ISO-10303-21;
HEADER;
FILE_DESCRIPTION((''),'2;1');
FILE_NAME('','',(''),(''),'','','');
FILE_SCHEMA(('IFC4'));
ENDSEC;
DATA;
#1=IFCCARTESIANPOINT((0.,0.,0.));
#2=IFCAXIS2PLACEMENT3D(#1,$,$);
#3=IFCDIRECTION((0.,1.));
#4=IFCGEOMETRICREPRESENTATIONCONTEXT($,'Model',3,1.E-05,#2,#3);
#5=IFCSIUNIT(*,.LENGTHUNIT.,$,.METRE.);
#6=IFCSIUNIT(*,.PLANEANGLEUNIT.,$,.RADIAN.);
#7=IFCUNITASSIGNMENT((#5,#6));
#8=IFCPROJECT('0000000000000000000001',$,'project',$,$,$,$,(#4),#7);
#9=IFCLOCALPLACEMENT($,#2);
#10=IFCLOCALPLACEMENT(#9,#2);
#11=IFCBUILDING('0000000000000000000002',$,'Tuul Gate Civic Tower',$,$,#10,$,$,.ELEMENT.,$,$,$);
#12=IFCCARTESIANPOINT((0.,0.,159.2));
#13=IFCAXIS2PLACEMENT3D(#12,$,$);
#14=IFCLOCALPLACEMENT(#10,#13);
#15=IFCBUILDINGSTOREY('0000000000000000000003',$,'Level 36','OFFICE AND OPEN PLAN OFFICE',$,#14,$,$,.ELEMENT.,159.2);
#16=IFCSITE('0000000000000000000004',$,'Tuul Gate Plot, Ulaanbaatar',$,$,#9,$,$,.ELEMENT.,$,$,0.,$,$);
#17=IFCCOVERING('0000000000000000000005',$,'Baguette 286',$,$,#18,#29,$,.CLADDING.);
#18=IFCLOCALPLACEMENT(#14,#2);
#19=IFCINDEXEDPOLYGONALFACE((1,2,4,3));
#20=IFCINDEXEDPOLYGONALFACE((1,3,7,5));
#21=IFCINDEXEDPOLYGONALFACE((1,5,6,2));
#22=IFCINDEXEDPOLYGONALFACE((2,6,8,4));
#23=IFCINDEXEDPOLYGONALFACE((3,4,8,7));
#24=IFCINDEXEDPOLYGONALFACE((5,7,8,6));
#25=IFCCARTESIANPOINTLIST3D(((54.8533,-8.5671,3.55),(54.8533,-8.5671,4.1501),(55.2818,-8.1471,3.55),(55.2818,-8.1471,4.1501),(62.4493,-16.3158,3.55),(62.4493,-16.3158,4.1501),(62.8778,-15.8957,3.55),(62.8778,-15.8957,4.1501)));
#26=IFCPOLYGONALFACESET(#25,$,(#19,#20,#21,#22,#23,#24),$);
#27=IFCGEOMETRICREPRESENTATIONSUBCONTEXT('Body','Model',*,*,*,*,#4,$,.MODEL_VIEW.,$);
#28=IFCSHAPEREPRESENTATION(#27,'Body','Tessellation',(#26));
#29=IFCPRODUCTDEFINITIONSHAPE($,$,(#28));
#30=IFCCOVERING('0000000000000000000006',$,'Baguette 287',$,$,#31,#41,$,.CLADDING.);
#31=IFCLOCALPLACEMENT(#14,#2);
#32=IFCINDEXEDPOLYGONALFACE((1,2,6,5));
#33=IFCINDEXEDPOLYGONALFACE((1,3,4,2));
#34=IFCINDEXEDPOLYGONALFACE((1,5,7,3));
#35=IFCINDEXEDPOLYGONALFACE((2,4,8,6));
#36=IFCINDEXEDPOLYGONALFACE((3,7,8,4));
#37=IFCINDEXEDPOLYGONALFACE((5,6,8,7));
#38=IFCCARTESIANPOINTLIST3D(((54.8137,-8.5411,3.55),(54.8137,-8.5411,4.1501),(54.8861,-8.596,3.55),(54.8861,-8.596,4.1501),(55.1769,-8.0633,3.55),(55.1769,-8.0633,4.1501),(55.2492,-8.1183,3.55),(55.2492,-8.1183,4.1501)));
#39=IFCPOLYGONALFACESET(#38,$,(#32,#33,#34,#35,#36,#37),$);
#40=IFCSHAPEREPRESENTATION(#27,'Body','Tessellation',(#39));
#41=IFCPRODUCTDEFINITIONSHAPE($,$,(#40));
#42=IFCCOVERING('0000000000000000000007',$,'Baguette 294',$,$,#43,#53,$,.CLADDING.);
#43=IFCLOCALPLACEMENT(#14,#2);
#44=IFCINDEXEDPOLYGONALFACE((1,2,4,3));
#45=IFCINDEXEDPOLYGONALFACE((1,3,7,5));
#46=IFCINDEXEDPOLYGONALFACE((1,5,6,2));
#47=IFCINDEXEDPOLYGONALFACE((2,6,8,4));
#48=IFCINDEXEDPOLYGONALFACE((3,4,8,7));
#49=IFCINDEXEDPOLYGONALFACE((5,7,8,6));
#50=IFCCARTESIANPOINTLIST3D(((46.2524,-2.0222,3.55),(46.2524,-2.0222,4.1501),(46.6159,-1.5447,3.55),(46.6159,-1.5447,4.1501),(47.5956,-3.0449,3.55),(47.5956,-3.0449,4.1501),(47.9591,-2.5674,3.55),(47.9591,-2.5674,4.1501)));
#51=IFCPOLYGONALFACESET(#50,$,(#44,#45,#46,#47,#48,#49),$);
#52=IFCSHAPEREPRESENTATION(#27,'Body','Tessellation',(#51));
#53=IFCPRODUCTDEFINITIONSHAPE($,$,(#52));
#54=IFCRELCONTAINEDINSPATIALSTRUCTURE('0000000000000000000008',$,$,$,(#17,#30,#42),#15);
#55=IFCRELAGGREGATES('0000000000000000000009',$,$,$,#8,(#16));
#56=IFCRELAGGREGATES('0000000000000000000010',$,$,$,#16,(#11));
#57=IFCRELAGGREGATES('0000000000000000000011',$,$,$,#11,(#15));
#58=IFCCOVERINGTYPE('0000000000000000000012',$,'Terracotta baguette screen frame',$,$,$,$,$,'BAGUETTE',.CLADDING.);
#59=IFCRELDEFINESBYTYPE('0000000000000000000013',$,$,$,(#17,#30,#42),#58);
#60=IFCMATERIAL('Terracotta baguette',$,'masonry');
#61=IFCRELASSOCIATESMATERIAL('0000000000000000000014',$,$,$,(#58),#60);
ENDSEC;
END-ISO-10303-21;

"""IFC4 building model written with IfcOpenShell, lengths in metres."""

from ifc_helpers import new_model, si_unit, direction, frame, origin, origin_2d, place, context, subcontext, project, spatial, rectangle, extrude, material, material_profile, profile_set, type_object, element, save


model = new_model("IFC4")

# Units and contexts
model_context = context("Model", 3, precision=1e-05, world=origin(), true_north=direction((0.0, 1.0)))
body_context = subcontext(model_context, "Body", "Model", "MODEL_VIEW")
ifc_project = project(units=[si_unit("LENGTHUNIT", "METRE"), si_unit("PLANEANGLEUNIT", "RADIAN")], contexts=[model_context])

# Site, building, storey
site_placement = place(None, origin())
site = spatial("IfcSite", under=ifc_project, at=site_placement, Name="Tuul Gate Plot, Ulaanbaatar", CompositionType="ELEMENT", RefElevation=0.0)
building_placement = place(site_placement, origin())
building = spatial("IfcBuilding", under=site, at=building_placement, Name="Tuul Gate Civic Tower", CompositionType="ELEMENT")
storey_placement = place(building_placement, frame((0.0, 0.0, 159.2)))
storey = spatial("IfcBuildingStorey", under=building, at=storey_placement, Name="Level 36", Description="OFFICE AND OPEN PLAN OFFICE", CompositionType="ELEMENT", Elevation=159.2)

# Coverings
ifc_material_1 = material(Name="Terracotta baguette", Category="masonry")
ifc_material_profile_1 = material_profile(ifc_material_1, rectangle(XDim=0.6001, YDim=0.6001, at=origin_2d()), Name="Terracotta baguette screen frame")
ifc_profile_set_1 = profile_set([ifc_material_profile_1], Name="Terracotta baguette")
covering_type = type_object("IfcCoveringType", Name="Terracotta baguette screen frame", ElementType="BAGUETTE", PredefinedType="CLADDING", material=ifc_profile_set_1)
covering_1_placement = place(storey_placement, frame((62.6636, -16.1057, 3.8501), z_axis=(-0.700041, 0.714103, 0.0), x_axis=(-0.714103, -0.700041, 0.0)))
element("IfcCovering", 1, at=covering_1_placement, inside=storey, type_object=covering_type, Name="Baguette 286", PredefinedType="CLADDING", context=body_context, shape_type="SweptSolid", body=[
    extrude(rectangle(XDim=0.6001, YDim=0.6001, at=origin_2d()), origin(), (0.0, 0.0, 1.0), 10.8508),
])
covering_2_placement = place(storey_placement, frame((55.0676, -8.3572, 3.8501), z_axis=(-0.79611, 0.605151, 0.0), x_axis=(-0.605151, -0.79611, 0.0)))
element("IfcCovering", 2, at=covering_2_placement, inside=storey, type_object=covering_type, Name="Baguette 287", PredefinedType="CLADDING", context=body_context, shape_type="SweptSolid", body=[
    extrude(rectangle(XDim=0.6001, YDim=0.6001, at=origin_2d()), origin(), (0.0, 0.0, 1.0), 0.0908),
])
covering_3_placement = place(storey_placement, frame((47.7773, -2.8062, 3.8501), z_axis=(-0.795641, 0.605769, 0.0), x_axis=(-0.605769, -0.795641, 0.0)))
element("IfcCovering", 3, at=covering_3_placement, inside=storey, type_object=covering_type, Name="Baguette 294", PredefinedType="CLADDING", context=body_context, shape_type="SweptSolid", body=[
    extrude(rectangle(XDim=0.6001, YDim=0.6001, at=origin_2d()), origin(), (0.0, 0.0, 1.0), 1.6882),
])

save(model, "model.ifc")
